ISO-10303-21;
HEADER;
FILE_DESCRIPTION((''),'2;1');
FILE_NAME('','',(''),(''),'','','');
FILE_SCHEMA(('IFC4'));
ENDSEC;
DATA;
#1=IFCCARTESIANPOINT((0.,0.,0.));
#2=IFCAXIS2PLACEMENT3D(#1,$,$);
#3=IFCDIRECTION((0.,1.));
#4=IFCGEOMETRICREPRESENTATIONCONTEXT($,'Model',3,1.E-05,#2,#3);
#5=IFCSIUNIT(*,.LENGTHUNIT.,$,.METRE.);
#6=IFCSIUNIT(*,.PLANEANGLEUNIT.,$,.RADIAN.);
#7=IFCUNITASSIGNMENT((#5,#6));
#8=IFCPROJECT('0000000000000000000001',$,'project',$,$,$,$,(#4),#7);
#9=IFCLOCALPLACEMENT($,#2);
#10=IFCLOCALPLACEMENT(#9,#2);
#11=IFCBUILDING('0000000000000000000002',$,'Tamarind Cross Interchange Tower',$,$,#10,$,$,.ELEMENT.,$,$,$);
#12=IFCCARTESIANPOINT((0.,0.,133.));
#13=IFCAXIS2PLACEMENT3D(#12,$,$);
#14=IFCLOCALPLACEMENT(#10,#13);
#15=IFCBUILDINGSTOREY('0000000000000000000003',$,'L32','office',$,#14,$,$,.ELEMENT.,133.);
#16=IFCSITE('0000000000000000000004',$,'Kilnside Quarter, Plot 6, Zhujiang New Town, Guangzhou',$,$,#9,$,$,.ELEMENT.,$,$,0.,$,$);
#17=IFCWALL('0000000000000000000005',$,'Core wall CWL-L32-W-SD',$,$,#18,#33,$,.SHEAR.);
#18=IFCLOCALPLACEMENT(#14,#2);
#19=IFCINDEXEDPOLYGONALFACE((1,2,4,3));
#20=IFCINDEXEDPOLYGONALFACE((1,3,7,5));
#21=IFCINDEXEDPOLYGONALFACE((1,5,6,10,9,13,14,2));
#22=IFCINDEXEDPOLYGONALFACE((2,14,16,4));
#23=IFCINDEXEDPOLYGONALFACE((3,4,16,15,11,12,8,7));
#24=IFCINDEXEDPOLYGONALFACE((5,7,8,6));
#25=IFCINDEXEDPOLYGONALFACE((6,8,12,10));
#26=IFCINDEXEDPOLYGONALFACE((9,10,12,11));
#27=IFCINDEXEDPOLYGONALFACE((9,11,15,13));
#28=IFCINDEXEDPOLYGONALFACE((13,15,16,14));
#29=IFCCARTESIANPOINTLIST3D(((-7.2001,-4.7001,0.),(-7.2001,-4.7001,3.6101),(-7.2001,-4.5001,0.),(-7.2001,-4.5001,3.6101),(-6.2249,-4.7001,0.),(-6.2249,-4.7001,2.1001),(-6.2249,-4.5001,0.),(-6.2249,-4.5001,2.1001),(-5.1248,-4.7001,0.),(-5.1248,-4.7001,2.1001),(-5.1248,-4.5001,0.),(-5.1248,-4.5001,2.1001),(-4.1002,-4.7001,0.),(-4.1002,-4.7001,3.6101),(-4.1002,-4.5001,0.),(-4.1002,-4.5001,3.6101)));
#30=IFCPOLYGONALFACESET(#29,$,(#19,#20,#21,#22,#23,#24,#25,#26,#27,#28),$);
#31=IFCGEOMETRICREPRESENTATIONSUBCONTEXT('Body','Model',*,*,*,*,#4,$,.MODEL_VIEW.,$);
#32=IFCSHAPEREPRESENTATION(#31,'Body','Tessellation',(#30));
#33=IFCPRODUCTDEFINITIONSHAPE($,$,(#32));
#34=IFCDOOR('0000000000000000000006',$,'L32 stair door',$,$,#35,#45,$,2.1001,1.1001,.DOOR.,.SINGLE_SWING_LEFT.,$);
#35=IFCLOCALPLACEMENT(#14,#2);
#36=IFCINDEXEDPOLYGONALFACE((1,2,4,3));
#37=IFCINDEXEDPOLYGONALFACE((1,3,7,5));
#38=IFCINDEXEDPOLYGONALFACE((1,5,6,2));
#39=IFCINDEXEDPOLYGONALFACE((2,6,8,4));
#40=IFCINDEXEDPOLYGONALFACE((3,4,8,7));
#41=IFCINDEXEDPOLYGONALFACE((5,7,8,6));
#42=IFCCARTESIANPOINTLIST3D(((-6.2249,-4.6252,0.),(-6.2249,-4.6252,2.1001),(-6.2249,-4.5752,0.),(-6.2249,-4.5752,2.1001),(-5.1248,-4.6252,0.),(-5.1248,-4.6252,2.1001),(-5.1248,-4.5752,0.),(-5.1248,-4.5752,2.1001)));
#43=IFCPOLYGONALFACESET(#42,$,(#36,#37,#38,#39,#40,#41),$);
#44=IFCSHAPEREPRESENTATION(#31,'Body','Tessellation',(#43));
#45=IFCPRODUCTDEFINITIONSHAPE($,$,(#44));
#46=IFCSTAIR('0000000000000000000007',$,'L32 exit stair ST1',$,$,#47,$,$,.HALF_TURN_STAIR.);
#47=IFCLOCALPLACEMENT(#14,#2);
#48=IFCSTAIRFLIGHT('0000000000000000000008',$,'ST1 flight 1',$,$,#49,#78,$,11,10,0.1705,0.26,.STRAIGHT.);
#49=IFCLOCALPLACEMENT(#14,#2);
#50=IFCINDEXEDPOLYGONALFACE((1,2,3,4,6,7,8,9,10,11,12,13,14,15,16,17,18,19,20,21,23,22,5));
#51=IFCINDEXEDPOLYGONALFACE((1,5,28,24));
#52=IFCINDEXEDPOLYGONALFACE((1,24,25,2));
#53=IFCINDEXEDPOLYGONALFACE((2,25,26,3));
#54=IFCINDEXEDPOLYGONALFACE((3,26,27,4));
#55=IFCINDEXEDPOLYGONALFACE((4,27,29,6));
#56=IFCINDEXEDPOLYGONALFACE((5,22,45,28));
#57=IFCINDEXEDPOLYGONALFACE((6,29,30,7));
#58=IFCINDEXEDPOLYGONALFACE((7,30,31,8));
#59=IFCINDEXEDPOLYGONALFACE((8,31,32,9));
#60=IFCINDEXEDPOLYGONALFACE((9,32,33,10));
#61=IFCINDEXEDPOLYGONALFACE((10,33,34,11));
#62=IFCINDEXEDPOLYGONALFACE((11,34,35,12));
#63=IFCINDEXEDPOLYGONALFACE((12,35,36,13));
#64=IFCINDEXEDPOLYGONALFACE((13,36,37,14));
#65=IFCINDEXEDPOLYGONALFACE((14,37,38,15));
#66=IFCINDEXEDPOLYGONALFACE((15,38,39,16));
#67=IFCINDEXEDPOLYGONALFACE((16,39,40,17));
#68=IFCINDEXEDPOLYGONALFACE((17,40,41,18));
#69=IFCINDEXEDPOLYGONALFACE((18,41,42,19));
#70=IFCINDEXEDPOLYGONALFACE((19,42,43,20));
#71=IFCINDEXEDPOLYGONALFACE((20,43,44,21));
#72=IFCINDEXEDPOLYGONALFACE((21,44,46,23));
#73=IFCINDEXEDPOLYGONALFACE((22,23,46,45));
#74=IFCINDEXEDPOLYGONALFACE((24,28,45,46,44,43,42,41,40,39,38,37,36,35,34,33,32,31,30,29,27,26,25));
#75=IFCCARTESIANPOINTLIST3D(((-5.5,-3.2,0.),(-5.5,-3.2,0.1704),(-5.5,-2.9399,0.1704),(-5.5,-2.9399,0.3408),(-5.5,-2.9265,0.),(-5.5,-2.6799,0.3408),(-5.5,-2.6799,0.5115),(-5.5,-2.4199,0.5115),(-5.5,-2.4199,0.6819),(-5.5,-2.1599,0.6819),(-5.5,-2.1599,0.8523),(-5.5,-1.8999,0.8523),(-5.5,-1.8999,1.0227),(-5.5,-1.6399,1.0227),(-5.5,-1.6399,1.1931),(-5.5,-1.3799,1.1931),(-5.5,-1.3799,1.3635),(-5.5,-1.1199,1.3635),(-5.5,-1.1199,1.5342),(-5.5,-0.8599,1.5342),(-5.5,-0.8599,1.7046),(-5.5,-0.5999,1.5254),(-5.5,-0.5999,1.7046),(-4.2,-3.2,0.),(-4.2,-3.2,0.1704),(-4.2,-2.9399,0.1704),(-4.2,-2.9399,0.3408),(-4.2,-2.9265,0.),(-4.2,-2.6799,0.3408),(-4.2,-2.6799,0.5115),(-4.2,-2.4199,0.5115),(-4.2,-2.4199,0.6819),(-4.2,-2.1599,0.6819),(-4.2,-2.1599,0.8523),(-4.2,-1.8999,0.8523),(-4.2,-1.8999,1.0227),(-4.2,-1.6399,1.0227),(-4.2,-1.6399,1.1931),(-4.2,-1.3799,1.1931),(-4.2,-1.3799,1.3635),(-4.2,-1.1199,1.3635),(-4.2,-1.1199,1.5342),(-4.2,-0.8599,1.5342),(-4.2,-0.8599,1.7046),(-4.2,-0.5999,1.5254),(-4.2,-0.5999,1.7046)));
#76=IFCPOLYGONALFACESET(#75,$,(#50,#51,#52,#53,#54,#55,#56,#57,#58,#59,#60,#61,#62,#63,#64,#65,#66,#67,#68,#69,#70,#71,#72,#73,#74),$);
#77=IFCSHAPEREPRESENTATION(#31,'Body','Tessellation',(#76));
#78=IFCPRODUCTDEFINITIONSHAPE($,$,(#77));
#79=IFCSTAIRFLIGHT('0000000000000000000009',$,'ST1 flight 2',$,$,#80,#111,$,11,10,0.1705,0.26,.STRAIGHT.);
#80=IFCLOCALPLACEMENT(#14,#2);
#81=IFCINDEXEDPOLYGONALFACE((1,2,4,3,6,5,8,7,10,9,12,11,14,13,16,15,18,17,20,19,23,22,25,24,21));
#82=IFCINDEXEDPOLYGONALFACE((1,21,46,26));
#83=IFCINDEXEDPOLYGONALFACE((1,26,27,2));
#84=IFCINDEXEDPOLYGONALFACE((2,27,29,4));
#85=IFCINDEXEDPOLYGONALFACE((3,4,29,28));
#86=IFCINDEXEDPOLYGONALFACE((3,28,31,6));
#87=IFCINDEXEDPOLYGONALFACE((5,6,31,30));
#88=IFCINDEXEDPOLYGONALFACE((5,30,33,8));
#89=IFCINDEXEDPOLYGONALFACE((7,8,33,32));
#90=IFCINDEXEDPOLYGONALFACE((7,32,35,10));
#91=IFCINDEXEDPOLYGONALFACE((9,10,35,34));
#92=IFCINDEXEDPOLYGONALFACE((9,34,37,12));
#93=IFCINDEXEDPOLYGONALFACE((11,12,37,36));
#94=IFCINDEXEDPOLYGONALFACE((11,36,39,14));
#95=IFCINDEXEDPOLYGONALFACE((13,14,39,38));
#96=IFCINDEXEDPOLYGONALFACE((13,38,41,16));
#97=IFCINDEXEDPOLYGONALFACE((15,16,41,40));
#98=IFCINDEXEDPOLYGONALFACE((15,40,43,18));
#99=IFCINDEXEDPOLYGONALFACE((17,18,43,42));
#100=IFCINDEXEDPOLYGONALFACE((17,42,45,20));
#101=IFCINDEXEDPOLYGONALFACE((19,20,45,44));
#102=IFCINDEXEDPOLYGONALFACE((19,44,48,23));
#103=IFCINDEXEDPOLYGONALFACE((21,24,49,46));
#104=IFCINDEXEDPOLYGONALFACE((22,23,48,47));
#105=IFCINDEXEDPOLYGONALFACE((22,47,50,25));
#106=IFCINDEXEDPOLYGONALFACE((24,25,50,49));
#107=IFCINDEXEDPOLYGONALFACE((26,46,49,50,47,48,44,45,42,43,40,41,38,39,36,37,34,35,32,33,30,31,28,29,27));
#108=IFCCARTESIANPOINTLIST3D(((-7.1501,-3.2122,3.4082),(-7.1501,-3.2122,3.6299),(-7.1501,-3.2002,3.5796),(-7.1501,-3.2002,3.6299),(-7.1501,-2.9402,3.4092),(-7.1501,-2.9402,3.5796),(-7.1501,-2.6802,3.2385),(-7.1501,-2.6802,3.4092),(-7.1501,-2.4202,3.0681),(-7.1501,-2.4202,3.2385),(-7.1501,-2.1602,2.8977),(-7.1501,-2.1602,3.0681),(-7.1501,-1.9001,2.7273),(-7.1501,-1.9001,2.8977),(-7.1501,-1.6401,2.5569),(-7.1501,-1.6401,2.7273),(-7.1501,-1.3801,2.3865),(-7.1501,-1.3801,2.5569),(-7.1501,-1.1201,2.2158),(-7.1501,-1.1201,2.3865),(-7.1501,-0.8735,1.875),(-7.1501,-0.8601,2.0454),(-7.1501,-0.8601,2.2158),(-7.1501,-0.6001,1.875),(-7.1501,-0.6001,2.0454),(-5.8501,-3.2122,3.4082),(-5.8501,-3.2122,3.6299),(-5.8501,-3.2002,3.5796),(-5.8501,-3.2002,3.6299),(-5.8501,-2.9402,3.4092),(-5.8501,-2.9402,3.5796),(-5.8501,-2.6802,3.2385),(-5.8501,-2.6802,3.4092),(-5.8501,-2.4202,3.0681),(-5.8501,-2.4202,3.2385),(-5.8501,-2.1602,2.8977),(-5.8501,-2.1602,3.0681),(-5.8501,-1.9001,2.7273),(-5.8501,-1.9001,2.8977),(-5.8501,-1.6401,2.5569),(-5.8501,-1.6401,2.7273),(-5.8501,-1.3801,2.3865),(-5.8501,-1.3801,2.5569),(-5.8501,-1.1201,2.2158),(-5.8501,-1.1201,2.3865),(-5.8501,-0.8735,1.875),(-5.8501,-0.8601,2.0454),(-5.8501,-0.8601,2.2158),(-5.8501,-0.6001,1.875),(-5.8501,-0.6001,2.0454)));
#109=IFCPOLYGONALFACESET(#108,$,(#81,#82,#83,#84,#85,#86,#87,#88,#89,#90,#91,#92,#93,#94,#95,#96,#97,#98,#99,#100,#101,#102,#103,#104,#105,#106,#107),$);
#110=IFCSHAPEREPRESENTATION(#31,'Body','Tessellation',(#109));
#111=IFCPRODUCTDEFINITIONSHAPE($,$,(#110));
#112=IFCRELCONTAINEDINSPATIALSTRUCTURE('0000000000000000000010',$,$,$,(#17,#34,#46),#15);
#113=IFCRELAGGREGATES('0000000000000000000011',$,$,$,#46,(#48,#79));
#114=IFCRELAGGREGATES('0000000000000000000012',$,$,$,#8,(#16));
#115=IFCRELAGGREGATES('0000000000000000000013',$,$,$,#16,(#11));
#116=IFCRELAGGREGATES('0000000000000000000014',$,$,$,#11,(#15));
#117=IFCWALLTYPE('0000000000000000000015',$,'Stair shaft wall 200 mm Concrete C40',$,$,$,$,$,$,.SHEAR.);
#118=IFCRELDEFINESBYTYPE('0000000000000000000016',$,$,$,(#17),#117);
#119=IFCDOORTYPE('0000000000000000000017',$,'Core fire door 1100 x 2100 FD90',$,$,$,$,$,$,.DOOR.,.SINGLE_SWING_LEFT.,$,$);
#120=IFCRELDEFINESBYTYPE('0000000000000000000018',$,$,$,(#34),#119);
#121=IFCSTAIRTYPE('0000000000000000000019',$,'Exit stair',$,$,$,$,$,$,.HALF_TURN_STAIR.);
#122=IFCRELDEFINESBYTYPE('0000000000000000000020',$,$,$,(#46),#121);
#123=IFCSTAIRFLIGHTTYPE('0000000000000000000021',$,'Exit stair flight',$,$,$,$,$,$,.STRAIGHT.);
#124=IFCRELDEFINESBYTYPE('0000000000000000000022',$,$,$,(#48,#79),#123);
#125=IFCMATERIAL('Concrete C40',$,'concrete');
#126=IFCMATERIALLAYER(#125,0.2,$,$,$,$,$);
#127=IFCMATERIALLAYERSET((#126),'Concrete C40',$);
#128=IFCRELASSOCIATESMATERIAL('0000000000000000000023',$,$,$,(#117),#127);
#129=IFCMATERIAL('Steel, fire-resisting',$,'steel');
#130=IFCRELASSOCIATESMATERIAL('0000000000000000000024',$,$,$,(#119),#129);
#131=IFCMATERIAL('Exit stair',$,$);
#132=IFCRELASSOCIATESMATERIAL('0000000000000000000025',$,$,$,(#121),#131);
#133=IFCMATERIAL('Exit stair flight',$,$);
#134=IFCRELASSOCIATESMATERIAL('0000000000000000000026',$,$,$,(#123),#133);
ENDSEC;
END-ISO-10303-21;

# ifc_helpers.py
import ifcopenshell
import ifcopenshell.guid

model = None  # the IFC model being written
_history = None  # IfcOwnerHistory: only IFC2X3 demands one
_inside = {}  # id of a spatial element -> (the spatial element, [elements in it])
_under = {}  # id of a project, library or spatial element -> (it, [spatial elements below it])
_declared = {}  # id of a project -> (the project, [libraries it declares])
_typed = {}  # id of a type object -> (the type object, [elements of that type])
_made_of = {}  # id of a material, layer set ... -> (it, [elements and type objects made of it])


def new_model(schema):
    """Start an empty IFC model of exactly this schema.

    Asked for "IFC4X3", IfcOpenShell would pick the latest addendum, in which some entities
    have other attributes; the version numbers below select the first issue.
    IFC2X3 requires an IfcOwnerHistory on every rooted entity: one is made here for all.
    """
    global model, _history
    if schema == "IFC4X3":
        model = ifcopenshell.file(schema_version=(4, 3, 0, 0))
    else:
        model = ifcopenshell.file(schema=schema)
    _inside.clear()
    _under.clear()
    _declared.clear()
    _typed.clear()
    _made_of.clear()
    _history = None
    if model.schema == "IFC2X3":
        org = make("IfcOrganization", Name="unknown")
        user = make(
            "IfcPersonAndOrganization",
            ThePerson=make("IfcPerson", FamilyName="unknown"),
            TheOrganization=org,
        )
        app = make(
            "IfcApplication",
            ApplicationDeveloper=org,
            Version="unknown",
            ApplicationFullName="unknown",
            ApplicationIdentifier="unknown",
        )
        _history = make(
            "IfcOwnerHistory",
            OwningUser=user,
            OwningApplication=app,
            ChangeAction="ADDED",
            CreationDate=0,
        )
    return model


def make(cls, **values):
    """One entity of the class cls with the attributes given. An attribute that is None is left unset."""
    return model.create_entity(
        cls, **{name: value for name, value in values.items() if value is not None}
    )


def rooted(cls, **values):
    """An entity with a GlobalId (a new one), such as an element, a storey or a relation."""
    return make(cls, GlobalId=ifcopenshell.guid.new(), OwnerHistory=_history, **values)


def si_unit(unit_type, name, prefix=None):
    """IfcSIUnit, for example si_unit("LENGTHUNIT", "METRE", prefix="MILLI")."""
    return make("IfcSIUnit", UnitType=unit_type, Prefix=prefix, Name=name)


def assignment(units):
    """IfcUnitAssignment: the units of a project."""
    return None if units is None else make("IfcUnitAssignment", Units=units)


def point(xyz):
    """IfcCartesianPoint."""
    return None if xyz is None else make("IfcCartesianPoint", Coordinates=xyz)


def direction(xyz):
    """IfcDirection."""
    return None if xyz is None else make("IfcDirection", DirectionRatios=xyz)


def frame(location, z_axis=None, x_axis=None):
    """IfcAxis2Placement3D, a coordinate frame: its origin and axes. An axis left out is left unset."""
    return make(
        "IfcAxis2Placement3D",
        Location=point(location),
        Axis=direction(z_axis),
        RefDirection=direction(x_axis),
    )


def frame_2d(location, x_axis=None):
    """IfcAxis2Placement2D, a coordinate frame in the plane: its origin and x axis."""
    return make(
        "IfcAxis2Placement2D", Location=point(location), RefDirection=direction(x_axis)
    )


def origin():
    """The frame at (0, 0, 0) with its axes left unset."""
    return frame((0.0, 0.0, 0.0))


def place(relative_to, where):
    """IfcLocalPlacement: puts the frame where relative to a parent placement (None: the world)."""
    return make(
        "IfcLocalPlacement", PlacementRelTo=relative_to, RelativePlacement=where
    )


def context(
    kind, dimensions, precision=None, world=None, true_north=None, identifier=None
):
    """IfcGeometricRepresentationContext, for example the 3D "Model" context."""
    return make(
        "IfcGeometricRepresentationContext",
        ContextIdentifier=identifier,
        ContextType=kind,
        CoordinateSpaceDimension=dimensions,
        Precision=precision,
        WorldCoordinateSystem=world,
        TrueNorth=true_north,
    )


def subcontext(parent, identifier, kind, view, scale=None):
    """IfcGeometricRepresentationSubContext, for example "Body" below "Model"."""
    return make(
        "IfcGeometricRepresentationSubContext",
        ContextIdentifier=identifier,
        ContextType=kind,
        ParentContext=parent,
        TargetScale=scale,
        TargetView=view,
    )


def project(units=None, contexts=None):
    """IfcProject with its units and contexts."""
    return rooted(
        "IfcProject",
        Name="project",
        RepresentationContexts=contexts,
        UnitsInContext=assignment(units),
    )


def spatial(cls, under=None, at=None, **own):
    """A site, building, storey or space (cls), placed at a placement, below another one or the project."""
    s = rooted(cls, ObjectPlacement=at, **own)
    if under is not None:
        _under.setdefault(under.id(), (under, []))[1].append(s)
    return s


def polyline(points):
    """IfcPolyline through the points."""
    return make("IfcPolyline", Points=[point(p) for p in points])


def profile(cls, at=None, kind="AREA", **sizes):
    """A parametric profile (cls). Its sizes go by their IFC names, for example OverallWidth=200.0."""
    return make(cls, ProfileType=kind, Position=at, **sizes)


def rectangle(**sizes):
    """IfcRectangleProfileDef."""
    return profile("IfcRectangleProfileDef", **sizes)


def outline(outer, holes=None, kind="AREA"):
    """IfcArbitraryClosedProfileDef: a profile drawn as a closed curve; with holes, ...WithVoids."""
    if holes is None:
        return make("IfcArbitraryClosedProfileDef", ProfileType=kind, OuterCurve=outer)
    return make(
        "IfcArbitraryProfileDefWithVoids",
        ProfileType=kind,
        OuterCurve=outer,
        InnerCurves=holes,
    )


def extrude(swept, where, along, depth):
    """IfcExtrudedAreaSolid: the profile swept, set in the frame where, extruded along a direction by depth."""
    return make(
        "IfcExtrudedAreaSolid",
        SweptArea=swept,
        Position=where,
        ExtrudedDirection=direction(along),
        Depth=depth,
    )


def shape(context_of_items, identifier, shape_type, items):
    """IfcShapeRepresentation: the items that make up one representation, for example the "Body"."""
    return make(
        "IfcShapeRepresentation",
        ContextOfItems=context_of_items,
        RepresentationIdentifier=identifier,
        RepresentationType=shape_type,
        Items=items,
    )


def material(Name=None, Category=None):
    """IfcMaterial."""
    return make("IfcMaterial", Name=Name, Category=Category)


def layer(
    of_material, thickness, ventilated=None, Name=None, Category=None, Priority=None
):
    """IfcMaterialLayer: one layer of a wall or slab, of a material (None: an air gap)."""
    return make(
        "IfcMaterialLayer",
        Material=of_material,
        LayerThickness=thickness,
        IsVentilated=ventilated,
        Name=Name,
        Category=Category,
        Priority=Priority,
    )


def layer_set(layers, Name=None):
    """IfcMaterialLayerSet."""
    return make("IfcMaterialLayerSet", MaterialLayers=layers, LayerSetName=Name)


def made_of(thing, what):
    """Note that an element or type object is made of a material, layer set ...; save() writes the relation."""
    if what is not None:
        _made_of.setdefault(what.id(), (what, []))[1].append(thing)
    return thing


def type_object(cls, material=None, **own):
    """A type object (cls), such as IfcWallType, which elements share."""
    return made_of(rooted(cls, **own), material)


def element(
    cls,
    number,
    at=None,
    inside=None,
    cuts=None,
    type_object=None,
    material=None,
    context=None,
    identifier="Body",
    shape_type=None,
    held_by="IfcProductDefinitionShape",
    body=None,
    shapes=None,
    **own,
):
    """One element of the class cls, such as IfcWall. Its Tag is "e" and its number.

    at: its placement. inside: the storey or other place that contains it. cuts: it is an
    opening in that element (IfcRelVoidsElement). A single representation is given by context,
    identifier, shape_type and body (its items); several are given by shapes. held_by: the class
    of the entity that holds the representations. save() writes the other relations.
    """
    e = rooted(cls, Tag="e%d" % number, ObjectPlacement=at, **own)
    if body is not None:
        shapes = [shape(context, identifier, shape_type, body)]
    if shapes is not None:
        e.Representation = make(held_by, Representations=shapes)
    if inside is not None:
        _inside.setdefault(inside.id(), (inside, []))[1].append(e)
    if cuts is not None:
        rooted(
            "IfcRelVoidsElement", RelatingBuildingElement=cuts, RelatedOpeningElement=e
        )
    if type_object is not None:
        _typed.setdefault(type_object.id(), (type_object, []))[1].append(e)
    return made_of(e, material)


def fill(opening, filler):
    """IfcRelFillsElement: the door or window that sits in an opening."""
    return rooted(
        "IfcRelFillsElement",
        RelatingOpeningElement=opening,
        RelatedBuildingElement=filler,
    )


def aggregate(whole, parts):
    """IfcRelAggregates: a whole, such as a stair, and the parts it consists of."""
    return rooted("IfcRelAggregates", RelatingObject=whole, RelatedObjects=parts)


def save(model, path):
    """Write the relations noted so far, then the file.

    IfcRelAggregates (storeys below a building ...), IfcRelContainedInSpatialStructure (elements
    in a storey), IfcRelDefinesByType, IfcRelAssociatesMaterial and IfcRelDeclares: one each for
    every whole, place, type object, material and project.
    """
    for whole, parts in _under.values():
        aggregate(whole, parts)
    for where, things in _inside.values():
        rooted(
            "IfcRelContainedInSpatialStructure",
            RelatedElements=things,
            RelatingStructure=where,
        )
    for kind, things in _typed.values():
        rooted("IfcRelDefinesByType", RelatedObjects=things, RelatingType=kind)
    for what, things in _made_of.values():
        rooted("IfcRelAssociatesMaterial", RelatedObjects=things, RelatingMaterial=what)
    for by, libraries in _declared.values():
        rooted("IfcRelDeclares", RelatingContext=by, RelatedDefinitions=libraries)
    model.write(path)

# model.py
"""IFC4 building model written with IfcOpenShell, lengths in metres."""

from ifc_helpers import new_model, si_unit, direction, frame, frame_2d, origin, place, context, subcontext, project, spatial, polyline, rectangle, outline, extrude, material, layer, layer_set, type_object, element, fill, aggregate, save


model = new_model("IFC4")

# Units and contexts
model_context = context("Model", 3, precision=1e-05, world=origin(), true_north=direction((0.0, 1.0)))
body_context = subcontext(model_context, "Body", "Model", "MODEL_VIEW")
ifc_project = project(units=[si_unit("LENGTHUNIT", "METRE"), si_unit("PLANEANGLEUNIT", "RADIAN")], contexts=[model_context])

# Site, building, storey
site_placement = place(None, origin())
site = spatial("IfcSite", under=ifc_project, at=site_placement, Name="Kilnside Quarter, Plot 6, Zhujiang New Town, Guangzhou", CompositionType="ELEMENT", RefElevation=0.0)
building_placement = place(site_placement, origin())
building = spatial("IfcBuilding", under=site, at=building_placement, Name="Tamarind Cross Interchange Tower", CompositionType="ELEMENT")
storey_placement = place(building_placement, frame((0.0, 0.0, 133.0)))
storey = spatial("IfcBuildingStorey", under=building, at=storey_placement, Name="L32", Description="office", CompositionType="ELEMENT", Elevation=133.0)

# Wall, opening, door
ifc_material_1 = material(Name="Concrete C40", Category="concrete")
ifc_layer_1 = layer(ifc_material_1, 0.2)
ifc_layer_set_1 = layer_set([ifc_layer_1], Name="Concrete C40")
wall_type = type_object("IfcWallType", Name="Stair shaft wall 200 mm Concrete C40", PredefinedType="SHEAR", material=ifc_layer_set_1)
wall_placement = place(storey_placement, frame((-7.2, -4.6001, 0.0), z_axis=(0.0, 0.0, 1.0), x_axis=(1.0, 0.0, 0.0)))
wall = element("IfcWall", 1, at=wall_placement, inside=storey, type_object=wall_type, Name="Core wall CWL-L32-W-SD", PredefinedType="SHEAR", context=body_context, shape_type="SweptSolid", body=[
    extrude(rectangle(XDim=3.0999, YDim=0.2, at=frame_2d((1.5498, 0.0))), origin(), (0.0, 0.0, 1.0), 3.6101),
])
opening_placement = place(wall_placement, frame((0.9751, 0.0, 0.0)))
opening = element("IfcOpeningElement", 2, at=opening_placement, cuts=wall, PredefinedType="OPENING", context=body_context, shape_type="SweptSolid", body=[
    extrude(rectangle(XDim=1.1001, YDim=2.1001, at=frame_2d((0.55, 1.05))), frame((0.0, 0.1099, 0.0), z_axis=(0.0, -1.0, 0.0), x_axis=(1.0, 0.0, 0.0)), (0.0, 0.0, 1.0), 0.22),
])
ifc_material_2 = material(Name="Steel, fire-resisting", Category="steel")
door_type = type_object("IfcDoorType", Name="Core fire door 1100 x 2100 FD90", OperationType="SINGLE_SWING_LEFT", PredefinedType="DOOR", material=ifc_material_2)
door_placement = place(opening_placement, origin())
door = element("IfcDoor", 3, at=door_placement, inside=storey, type_object=door_type, Name="L32 stair door", OperationType="SINGLE_SWING_LEFT", OverallHeight=2.1001, OverallWidth=1.1001, PredefinedType="DOOR", context=body_context, shape_type="SweptSolid", body=[
    extrude(rectangle(XDim=1.1001, YDim=2.1001, at=frame_2d((0.55, 1.05))), frame((0.0, 0.0249, 0.0), z_axis=(0.0, -1.0, 0.0), x_axis=(1.0, 0.0, 0.0)), (0.0, 0.0, 1.0), 0.05),
])
fill(opening, door)

# Stair, stair flights
ifc_material_3 = material(Name="Exit stair")
stair_type = type_object("IfcStairType", Name="Exit stair", PredefinedType="HALF_TURN_STAIR", material=ifc_material_3)
stair_placement = place(storey_placement, origin())
stair = element("IfcStair", 4, at=stair_placement, inside=storey, type_object=stair_type, Name="L32 exit stair ST1", PredefinedType="HALF_TURN_STAIR")
ifc_material_4 = material(Name="Exit stair flight")
stair_flight_type = type_object("IfcStairFlightType", Name="Exit stair flight", PredefinedType="STRAIGHT", material=ifc_material_4)
stair_flight_1_placement = place(storey_placement, frame((-4.8501, -3.2, 0.0), z_axis=(0.0, 0.0, 1.0), x_axis=(0.0, 1.0, 0.0)))
stair_flight_1 = element("IfcStairFlight", 5, at=stair_flight_1_placement, type_object=stair_flight_type, Name="ST1 flight 1", NumberOfRisers=11, NumberOfTreads=10, PredefinedType="STRAIGHT", RiserHeight=0.1705, TreadLength=0.26, context=body_context, shape_type="SweptSolid", body=[
    extrude(outline(polyline([(0.0, 0.0), (0.0, 0.1704), (0.26, 0.1704), (0.26, 0.3408), (0.52, 0.3408), (0.52, 0.5115), (0.78, 0.5115), (0.78, 0.6819), (1.04, 0.6819), (1.04, 0.8523), (1.3, 0.8523), (1.3, 1.0227), (1.5601, 1.0227), (1.5601, 1.1931), (1.8201, 1.1931), (1.8201, 1.3635), (2.0801, 1.3635), (2.0801, 1.5342), (2.3401, 1.5342), (2.3401, 1.7046), (2.6001, 1.7046), (2.6001, 1.875), (2.6001, 1.5254), (0.2734, 0.0), (0.0, 0.0)])), frame((0.0, 0.6499, 0.0), z_axis=(0.0, -1.0, 0.0), x_axis=(1.0, 0.0, 0.0)), (0.0, 0.0, 1.0), 1.3),
])
stair_flight_2_placement = place(storey_placement, frame((-6.5, -0.6001, 1.875), z_axis=(0.0, 0.0, 1.0), x_axis=(0.0, -1.0, 0.0)))
stair_flight_2 = element("IfcStairFlight", 6, at=stair_flight_2_placement, type_object=stair_flight_type, Name="ST1 flight 2", NumberOfRisers=11, NumberOfTreads=10, PredefinedType="STRAIGHT", RiserHeight=0.1705, TreadLength=0.26, context=body_context, shape_type="SweptSolid", body=[
    extrude(outline(polyline([(0.0, 0.0), (0.0, 0.1704), (0.26, 0.1704), (0.26, 0.3408), (0.52, 0.3408), (0.52, 0.5115), (0.78, 0.5115), (0.78, 0.6819), (1.04, 0.6819), (1.04, 0.8523), (1.3, 0.8523), (1.3, 1.0227), (1.5601, 1.0227), (1.5601, 1.1931), (1.8201, 1.1931), (1.8201, 1.3635), (2.0801, 1.3635), (2.0801, 1.5342), (2.3401, 1.5342), (2.3401, 1.7046), (2.6001, 1.7046), (2.6001, 1.7549), (2.6121, 1.7549), (2.6121, 1.5332), (0.2734, 0.0), (0.0, 0.0)])), frame((0.0, 0.6499, 0.0), z_axis=(0.0, -1.0, 0.0), x_axis=(1.0, 0.0, 0.0)), (0.0, 0.0, 1.0), 1.3),
])
aggregate(stair, [stair_flight_1, stair_flight_2])

save(model, "model.ifc")
